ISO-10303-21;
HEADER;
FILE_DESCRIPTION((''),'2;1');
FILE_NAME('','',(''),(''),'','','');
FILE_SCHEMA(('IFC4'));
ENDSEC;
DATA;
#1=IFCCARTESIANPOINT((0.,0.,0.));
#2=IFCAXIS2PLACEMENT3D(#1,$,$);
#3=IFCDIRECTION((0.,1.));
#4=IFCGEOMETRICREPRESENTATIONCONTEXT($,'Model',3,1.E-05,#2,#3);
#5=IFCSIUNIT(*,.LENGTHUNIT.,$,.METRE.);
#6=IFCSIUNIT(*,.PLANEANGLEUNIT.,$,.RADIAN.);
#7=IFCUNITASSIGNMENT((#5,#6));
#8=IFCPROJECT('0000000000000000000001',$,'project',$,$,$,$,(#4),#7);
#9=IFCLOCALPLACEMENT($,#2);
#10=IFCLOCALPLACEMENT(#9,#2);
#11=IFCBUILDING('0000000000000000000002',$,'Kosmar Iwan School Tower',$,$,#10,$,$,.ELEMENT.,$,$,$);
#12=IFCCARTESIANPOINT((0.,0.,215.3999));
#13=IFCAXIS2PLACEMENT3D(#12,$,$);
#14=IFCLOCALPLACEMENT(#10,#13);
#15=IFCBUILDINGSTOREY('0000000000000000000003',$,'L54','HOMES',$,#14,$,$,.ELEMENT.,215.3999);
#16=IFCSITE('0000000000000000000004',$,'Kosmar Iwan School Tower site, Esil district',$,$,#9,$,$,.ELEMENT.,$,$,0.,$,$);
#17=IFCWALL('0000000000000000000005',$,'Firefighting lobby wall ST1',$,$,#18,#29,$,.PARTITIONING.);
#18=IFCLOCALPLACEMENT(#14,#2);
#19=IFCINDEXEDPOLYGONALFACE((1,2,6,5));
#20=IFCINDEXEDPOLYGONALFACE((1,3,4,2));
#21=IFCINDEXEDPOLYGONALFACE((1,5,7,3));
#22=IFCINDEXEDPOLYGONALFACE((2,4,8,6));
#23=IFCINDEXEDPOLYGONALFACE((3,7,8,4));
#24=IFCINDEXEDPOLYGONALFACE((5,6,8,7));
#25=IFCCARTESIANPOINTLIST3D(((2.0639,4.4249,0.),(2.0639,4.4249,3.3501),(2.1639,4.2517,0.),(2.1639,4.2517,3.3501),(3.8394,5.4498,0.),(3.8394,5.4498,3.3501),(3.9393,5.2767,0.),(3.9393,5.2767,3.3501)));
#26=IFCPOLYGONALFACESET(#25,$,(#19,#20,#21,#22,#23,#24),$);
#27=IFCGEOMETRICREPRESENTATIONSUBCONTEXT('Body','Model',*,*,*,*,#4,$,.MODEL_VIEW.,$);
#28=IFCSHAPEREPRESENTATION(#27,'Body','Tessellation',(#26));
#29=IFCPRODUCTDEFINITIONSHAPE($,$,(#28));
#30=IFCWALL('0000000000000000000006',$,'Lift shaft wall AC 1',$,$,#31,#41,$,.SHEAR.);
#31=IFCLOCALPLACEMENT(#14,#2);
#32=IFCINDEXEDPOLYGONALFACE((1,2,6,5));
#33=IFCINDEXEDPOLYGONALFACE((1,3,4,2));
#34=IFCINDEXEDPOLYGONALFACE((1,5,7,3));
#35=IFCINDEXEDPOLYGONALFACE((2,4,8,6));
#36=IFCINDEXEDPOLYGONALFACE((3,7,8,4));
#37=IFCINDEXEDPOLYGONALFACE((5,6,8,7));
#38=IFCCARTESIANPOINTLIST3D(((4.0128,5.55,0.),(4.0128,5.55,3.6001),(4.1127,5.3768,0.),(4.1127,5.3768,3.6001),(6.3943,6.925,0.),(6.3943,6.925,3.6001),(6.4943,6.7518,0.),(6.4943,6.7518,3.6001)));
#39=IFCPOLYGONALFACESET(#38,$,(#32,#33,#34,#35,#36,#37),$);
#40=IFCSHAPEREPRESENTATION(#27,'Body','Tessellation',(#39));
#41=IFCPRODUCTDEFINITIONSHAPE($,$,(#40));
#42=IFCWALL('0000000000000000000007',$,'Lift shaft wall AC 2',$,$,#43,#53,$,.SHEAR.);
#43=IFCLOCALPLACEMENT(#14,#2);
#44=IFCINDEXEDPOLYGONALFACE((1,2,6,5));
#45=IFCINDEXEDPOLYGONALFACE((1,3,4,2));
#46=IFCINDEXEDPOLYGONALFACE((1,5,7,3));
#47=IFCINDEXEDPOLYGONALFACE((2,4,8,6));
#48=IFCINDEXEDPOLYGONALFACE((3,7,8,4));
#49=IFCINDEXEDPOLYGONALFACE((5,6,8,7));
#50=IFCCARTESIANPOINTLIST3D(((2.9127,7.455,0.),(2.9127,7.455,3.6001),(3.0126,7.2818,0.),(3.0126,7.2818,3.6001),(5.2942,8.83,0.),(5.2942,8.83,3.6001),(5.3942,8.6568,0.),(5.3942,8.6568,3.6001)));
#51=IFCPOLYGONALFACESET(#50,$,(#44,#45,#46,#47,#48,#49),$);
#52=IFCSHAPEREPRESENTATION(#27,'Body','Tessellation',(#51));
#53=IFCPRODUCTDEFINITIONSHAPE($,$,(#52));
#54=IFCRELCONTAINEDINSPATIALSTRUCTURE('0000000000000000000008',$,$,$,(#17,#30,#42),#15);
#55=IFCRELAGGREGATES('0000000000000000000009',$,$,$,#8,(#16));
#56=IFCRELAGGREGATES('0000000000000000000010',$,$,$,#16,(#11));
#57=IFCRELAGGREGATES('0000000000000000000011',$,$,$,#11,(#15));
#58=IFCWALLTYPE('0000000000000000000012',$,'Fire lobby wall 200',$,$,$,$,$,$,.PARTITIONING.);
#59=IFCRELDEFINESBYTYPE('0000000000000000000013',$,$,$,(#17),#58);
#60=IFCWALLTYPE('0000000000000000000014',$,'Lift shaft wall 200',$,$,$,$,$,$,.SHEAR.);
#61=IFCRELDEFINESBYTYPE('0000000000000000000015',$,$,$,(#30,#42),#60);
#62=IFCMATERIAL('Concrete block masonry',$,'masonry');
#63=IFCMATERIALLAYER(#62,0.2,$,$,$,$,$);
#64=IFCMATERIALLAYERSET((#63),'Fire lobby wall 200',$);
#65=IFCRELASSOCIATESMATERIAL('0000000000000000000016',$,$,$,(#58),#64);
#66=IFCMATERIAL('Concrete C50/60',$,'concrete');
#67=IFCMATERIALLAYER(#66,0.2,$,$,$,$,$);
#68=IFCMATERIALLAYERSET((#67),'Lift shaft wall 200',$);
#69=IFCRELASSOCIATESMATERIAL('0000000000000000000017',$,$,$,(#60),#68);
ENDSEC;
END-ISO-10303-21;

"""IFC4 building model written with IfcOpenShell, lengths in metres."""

from ifc_helpers import new_model, si_unit, direction, frame, frame_2d, origin, place, context, subcontext, project, spatial, rectangle, extrude, material, layer, layer_set, type_object, element, save


model = new_model("IFC4")

# Units and contexts
model_context = context("Model", 3, precision=1e-05, world=origin(), true_north=direction((0.0, 1.0)))
body_context = subcontext(model_context, "Body", "Model", "MODEL_VIEW")
ifc_project = project(units=[si_unit("LENGTHUNIT", "METRE"), si_unit("PLANEANGLEUNIT", "RADIAN")], contexts=[model_context])

# Site, building, storey
site_placement = place(None, origin())
site = spatial("IfcSite", under=ifc_project, at=site_placement, Name="Kosmar Iwan School Tower site, Esil district", CompositionType="ELEMENT", RefElevation=0.0)
building_placement = place(site_placement, origin())
building = spatial("IfcBuilding", under=site, at=building_placement, Name="Kosmar Iwan School Tower", CompositionType="ELEMENT")
storey_placement = place(building_placement, frame((0.0, 0.0, 215.3999)))
storey = spatial("IfcBuildingStorey", under=building, at=storey_placement, Name="L54", Description="HOMES", CompositionType="ELEMENT", Elevation=215.3999)

# Walls
ifc_material_1 = material(Name="Concrete block masonry", Category="masonry")
ifc_layer_1 = layer(ifc_material_1, 0.2)
ifc_layer_set_1 = layer_set([ifc_layer_1], Name="Fire lobby wall 200")
wall_type_1 = type_object("IfcWallType", Name="Fire lobby wall 200", PredefinedType="PARTITIONING", material=ifc_layer_set_1)
wall_1_placement = place(storey_placement, frame((2.114, 4.3384, 0.0), z_axis=(0.0, 0.0, 1.0), x_axis=(0.866051, 0.499956, 0.0)))
element("IfcWall", 1, at=wall_1_placement, inside=storey, type_object=wall_type_1, Name="Firefighting lobby wall ST1", PredefinedType="PARTITIONING", context=body_context, shape_type="SweptSolid", body=[
    extrude(rectangle(XDim=2.05, YDim=0.2, at=frame_2d((1.0249, 0.0))), origin(), (0.0, 0.0, 1.0), 3.3501),
])
ifc_material_2 = material(Name="Concrete C50/60", Category="concrete")
ifc_layer_2 = layer(ifc_material_2, 0.2)
ifc_layer_set_2 = layer_set([ifc_layer_2], Name="Lift shaft wall 200")
wall_type_2 = type_object("IfcWallType", Name="Lift shaft wall 200", PredefinedType="SHEAR", material=ifc_layer_set_2)
for number, where, z_axis, x_axis, name in (
    (2, (4.0627, 5.4634, 0.0), (0.0, 0.0, 1.0), (0.866027, 0.499997, 0.0), "Lift shaft wall AC 1"),
    (3, (2.9626, 7.3684, 0.0), (0.0, 0.0, 1.0), (0.866027, 0.499997, 0.0), "Lift shaft wall AC 2"),
):
    element("IfcWall", number, at=place(storey_placement, frame(where, z_axis=z_axis, x_axis=x_axis)), inside=storey, type_object=wall_type_2, Name=name, PredefinedType="SHEAR", context=body_context, shape_type="SweptSolid", body=[
        extrude(rectangle(XDim=2.75, YDim=0.2, at=frame_2d((1.375, 0.0))), origin(), (0.0, 0.0, 1.0), 3.6001),
    ])

save(model, "model.ifc")
